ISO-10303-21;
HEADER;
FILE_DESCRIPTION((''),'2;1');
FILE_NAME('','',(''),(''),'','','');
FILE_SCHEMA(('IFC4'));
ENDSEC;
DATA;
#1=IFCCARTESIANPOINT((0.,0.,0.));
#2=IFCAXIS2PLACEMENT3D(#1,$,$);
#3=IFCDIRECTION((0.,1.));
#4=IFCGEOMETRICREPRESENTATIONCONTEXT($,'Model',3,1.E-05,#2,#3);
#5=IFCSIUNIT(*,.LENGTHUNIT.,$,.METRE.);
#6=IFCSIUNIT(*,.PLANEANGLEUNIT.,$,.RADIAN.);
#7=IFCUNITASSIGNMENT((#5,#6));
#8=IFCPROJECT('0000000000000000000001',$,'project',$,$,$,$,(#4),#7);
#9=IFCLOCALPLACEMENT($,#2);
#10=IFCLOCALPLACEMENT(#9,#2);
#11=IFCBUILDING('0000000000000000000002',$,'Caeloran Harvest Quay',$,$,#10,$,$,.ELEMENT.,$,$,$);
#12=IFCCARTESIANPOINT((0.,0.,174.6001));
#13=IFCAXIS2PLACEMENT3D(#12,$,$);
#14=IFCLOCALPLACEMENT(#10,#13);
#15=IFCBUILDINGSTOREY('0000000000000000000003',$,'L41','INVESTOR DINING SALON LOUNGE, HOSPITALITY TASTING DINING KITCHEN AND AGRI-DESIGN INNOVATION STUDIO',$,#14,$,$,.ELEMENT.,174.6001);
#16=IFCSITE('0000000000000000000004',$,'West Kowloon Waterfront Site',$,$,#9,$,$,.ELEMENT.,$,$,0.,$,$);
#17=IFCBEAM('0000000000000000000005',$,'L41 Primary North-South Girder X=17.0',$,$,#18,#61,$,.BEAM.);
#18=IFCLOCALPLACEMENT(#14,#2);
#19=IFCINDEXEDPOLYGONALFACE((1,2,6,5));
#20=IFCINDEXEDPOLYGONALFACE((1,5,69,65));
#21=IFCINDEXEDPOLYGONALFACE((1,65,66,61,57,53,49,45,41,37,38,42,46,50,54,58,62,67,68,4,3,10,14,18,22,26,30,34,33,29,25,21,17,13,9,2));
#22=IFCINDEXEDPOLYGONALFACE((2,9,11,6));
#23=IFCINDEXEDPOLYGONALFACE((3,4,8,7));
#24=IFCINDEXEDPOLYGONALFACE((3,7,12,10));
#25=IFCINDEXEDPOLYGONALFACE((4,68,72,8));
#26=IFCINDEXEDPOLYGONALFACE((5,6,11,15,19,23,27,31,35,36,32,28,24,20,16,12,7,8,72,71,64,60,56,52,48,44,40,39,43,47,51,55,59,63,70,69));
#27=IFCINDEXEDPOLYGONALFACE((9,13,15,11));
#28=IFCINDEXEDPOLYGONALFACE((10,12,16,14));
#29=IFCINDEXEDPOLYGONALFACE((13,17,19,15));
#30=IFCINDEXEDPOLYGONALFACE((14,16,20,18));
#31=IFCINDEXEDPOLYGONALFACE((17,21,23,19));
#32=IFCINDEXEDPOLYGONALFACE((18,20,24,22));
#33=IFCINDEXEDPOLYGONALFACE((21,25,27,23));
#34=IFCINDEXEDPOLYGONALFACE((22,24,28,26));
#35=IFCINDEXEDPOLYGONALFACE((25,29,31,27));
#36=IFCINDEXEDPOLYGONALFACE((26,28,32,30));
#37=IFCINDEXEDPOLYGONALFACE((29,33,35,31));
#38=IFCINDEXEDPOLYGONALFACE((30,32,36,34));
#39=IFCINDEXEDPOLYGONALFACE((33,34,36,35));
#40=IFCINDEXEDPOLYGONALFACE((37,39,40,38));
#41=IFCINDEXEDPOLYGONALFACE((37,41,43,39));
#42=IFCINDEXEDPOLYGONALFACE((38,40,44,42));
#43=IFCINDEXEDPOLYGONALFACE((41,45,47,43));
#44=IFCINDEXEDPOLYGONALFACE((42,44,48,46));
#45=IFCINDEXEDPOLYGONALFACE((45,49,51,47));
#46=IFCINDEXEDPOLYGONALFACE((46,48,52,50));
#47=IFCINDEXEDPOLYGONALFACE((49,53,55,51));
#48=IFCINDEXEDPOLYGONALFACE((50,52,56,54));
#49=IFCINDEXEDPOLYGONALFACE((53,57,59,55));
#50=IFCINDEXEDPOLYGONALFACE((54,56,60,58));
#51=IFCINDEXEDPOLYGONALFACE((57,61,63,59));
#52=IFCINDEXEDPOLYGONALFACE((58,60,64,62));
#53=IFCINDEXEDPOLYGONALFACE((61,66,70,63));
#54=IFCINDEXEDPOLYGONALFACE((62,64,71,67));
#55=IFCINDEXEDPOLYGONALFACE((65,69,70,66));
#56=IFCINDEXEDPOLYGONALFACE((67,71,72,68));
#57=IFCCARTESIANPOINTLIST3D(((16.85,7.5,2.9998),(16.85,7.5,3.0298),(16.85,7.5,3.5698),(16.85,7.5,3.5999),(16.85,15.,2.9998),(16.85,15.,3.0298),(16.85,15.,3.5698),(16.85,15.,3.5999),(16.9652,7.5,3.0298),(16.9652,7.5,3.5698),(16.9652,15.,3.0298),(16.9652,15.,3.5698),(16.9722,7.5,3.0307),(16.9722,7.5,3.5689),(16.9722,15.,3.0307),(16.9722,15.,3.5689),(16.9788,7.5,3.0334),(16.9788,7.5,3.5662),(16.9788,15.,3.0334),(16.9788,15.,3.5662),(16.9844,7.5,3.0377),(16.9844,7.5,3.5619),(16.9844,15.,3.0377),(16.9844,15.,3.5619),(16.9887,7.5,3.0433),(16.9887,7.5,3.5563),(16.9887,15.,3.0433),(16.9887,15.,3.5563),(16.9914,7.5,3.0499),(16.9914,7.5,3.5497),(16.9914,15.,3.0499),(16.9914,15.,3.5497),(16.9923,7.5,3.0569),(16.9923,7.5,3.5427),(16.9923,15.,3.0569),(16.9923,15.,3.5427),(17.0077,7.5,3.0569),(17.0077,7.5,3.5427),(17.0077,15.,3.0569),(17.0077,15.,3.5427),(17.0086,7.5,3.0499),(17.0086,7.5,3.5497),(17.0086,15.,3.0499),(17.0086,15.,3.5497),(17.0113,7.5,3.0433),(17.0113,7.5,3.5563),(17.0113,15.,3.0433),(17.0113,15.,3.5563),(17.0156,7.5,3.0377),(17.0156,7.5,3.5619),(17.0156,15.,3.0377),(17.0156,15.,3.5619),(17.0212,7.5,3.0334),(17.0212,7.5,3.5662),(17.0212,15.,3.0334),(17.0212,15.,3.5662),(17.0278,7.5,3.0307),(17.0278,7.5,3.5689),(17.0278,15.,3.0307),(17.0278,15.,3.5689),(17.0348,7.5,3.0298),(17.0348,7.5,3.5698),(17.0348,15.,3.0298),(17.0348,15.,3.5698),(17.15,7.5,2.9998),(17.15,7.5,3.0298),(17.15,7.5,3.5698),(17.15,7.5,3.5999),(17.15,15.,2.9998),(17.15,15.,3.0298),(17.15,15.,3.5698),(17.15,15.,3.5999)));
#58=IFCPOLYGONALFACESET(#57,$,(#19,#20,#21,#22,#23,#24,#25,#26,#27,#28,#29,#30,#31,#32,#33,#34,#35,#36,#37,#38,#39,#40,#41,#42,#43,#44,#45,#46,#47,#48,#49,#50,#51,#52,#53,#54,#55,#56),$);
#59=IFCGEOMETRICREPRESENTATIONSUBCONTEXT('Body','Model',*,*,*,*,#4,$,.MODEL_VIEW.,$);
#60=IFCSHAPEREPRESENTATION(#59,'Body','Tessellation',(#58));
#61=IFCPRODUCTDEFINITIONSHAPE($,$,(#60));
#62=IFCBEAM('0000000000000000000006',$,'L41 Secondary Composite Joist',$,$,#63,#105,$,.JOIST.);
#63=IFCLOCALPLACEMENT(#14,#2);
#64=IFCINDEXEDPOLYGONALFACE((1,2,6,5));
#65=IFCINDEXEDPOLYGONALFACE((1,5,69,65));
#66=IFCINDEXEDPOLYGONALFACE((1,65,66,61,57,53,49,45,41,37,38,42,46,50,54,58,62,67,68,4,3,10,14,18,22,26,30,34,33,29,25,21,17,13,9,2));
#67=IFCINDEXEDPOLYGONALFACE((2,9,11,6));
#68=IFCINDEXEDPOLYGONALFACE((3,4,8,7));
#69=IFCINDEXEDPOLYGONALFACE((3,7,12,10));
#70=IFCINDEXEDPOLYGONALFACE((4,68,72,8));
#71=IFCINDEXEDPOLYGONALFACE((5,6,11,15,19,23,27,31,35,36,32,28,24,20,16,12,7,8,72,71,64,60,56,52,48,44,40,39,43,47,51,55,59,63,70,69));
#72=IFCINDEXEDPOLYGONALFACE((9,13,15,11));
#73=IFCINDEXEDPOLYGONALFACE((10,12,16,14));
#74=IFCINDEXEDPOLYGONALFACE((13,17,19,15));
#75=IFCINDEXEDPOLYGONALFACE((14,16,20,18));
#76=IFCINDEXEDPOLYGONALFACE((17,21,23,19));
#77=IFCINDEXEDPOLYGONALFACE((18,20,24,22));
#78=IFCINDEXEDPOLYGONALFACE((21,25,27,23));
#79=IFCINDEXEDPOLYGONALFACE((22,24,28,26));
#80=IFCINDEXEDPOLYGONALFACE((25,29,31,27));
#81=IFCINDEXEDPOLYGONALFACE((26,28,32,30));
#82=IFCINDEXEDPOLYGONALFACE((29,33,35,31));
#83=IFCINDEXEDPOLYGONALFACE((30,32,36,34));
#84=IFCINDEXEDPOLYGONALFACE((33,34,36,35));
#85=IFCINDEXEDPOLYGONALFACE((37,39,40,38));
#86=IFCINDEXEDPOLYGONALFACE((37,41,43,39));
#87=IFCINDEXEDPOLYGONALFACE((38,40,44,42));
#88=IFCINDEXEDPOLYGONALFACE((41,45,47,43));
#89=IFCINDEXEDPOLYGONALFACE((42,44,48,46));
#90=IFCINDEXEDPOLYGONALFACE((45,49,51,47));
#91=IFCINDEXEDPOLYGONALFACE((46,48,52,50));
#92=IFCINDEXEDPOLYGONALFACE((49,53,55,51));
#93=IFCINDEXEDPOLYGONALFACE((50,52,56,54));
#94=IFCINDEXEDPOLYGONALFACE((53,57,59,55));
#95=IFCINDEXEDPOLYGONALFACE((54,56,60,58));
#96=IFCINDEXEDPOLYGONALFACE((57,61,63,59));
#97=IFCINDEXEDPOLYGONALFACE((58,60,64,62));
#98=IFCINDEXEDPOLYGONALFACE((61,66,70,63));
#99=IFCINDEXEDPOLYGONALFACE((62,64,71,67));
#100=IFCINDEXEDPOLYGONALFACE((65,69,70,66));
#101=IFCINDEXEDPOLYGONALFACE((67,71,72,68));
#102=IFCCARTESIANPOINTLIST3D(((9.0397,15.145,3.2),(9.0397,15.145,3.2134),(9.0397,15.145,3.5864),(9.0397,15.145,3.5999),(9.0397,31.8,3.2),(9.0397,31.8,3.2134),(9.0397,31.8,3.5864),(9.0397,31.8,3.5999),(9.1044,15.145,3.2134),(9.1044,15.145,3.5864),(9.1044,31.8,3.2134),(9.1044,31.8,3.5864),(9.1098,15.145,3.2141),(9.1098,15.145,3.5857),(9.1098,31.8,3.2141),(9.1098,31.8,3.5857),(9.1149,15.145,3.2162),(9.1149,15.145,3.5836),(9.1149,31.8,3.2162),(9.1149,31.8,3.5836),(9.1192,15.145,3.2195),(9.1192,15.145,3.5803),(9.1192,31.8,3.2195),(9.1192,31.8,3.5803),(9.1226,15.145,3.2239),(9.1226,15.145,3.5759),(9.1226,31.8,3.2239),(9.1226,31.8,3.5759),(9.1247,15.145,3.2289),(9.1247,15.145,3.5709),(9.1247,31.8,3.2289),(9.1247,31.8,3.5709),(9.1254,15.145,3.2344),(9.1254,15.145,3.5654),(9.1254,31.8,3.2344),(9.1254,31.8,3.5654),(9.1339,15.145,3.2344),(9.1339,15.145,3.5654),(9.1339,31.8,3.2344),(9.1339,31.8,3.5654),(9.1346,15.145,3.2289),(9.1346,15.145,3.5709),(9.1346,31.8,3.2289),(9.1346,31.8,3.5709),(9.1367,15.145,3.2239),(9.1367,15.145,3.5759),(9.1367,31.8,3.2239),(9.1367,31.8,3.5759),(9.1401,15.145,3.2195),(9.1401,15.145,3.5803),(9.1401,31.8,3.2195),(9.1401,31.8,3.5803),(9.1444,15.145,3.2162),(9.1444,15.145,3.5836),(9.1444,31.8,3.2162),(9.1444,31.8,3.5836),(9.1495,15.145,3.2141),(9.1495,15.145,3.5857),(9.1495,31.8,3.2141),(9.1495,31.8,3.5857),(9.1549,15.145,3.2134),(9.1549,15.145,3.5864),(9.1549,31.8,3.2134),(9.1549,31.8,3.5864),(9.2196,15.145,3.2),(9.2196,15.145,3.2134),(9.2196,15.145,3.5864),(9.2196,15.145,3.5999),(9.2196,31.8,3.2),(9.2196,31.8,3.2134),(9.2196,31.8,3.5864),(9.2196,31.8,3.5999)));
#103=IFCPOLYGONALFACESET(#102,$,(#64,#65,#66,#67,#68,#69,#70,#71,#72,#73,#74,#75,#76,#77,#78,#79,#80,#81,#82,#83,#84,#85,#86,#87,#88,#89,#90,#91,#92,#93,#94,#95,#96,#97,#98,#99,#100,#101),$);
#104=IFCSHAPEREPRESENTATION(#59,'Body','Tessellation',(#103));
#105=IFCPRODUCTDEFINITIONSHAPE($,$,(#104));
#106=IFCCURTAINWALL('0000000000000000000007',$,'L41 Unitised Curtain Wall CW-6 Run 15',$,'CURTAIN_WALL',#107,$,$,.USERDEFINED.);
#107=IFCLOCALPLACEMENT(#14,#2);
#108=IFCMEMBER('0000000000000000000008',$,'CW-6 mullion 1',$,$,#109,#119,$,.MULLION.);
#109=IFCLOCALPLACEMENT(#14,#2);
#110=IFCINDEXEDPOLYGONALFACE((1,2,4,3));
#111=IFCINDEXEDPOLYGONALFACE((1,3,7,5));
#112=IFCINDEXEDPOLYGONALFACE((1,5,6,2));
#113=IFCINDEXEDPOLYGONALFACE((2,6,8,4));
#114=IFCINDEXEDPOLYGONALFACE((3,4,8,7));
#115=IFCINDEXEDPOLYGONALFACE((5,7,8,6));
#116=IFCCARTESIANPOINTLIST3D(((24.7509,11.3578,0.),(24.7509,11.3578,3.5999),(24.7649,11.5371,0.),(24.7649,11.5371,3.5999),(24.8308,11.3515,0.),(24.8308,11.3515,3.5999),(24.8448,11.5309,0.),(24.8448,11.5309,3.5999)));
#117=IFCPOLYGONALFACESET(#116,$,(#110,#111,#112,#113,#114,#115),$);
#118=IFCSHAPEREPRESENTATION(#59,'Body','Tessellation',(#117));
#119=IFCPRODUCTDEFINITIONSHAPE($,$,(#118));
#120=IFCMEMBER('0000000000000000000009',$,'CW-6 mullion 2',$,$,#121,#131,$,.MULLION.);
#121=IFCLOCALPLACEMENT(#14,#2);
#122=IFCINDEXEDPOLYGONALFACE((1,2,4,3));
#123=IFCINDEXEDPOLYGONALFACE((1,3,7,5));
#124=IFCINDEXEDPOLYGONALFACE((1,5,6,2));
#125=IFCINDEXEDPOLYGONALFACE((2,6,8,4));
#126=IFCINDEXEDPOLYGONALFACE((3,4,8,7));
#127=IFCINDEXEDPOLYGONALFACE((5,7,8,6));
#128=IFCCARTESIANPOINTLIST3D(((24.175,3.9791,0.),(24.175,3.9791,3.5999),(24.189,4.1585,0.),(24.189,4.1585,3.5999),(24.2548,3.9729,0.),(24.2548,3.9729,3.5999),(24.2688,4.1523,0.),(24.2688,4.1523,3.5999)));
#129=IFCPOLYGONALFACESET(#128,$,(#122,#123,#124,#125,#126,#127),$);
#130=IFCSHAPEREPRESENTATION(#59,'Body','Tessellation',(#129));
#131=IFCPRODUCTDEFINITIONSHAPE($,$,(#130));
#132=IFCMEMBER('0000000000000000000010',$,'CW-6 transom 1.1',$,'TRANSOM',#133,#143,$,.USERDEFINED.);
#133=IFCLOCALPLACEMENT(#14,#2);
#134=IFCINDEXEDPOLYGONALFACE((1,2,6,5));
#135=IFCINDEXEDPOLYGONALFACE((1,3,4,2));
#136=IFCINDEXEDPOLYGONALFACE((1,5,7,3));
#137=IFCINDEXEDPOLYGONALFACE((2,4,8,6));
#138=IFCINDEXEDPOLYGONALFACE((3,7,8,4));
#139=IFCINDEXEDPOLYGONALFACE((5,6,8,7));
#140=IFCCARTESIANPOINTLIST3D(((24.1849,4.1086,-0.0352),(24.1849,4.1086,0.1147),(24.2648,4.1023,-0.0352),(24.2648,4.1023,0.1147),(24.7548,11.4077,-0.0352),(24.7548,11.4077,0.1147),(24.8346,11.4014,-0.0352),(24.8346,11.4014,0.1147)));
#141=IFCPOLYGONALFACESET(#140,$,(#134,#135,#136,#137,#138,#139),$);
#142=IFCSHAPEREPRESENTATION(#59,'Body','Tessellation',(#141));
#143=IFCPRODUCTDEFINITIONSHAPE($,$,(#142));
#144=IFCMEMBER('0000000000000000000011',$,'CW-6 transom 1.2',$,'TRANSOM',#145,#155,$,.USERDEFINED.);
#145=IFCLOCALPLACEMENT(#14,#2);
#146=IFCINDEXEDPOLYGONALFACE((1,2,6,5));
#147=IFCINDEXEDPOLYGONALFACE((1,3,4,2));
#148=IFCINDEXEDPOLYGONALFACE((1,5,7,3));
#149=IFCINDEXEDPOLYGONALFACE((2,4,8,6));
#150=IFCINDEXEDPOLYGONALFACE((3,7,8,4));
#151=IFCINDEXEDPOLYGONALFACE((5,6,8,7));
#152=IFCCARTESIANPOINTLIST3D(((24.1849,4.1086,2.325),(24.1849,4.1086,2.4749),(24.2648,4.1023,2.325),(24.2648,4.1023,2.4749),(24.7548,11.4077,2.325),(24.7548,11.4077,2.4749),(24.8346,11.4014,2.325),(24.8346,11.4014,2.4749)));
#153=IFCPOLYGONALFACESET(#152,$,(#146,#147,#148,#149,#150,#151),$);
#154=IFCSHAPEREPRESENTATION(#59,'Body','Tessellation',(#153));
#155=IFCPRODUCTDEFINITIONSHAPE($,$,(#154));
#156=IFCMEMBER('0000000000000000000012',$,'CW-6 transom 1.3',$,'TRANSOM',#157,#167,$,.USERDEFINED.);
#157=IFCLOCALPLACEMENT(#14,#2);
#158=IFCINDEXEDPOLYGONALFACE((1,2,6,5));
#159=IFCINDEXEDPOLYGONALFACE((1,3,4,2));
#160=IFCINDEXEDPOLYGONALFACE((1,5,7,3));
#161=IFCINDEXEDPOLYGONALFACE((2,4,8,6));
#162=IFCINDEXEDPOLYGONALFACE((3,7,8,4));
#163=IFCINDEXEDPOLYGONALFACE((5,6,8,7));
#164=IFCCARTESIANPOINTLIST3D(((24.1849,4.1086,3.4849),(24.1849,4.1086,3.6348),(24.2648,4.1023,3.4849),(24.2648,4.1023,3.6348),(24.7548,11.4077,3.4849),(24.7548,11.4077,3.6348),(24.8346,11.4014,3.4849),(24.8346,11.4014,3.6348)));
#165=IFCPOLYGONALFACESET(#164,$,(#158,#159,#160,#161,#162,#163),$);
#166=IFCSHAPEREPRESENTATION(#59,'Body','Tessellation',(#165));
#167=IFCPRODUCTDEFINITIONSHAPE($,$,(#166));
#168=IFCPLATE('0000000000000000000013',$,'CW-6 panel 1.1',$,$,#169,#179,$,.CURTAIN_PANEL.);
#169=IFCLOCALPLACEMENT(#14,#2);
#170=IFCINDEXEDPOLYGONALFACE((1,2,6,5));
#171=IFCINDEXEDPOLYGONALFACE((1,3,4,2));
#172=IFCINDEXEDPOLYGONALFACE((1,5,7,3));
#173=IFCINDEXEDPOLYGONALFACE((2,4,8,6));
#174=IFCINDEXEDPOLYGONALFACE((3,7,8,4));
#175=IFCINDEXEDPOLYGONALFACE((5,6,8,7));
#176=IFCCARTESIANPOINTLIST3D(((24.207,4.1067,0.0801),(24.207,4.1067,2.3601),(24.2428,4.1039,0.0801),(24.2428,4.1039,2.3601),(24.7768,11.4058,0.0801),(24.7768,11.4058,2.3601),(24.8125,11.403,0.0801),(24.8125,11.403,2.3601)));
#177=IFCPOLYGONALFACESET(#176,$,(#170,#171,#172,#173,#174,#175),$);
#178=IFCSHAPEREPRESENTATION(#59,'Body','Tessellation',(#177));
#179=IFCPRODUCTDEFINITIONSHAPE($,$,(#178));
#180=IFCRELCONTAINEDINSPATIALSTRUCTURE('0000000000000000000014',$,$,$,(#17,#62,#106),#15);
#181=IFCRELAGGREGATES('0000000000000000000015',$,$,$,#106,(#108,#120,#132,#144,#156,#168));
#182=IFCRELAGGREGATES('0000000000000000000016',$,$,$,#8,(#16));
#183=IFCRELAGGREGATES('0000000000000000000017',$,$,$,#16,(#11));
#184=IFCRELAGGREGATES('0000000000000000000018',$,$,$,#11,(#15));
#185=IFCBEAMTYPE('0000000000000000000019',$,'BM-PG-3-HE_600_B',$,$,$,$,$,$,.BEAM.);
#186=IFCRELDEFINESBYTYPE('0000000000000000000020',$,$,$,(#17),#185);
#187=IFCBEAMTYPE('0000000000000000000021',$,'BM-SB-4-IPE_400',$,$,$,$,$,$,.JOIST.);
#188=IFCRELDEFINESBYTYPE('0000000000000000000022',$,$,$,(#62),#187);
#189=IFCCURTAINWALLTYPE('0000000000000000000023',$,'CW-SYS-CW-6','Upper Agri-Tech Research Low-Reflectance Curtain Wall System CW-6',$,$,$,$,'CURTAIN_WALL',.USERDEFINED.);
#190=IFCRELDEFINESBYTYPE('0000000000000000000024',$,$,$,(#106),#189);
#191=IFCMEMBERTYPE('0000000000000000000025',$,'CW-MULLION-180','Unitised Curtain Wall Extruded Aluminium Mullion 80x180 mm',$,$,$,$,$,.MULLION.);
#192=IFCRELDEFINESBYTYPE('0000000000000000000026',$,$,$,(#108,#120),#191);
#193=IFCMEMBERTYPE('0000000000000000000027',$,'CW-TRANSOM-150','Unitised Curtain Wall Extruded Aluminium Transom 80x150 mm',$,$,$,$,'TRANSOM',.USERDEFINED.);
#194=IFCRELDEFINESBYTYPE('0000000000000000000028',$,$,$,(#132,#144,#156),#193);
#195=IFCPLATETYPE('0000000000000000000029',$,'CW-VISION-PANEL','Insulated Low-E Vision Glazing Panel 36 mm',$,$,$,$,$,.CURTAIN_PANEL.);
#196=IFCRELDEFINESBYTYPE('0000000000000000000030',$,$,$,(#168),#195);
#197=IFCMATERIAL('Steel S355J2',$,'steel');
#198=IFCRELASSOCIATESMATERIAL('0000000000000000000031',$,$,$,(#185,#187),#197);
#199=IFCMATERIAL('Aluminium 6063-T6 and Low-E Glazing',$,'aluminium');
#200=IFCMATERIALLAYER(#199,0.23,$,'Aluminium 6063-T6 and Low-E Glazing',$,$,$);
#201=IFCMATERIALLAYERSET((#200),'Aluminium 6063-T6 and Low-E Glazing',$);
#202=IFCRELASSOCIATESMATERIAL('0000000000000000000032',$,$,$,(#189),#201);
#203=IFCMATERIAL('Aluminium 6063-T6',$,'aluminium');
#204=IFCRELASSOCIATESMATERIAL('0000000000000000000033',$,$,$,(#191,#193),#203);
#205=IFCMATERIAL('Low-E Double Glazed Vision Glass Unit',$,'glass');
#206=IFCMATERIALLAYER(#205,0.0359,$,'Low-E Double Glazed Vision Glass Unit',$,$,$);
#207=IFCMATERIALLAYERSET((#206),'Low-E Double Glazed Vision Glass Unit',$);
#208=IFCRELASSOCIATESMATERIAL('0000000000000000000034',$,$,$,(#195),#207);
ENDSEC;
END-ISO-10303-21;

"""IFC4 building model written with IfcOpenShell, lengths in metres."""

from ifc_helpers import new_model, si_unit, direction, frame, origin, origin_2d, place, context, subcontext, project, spatial, rectangle, i_section, extrude, material, layer, layer_set, material_profile, profile_set, type_object, element, aggregate, save


model = new_model("IFC4")

# Units and contexts
model_context = context("Model", 3, precision=1e-05, world=origin(), true_north=direction((0.0, 1.0)))
body_context = subcontext(model_context, "Body", "Model", "MODEL_VIEW")
ifc_project = project(units=[si_unit("LENGTHUNIT", "METRE"), si_unit("PLANEANGLEUNIT", "RADIAN")], contexts=[model_context])

# Site, building, storey
site_placement = place(None, origin())
site = spatial("IfcSite", under=ifc_project, at=site_placement, Name="West Kowloon Waterfront Site", CompositionType="ELEMENT", RefElevation=0.0)
building_placement = place(site_placement, origin())
building = spatial("IfcBuilding", under=site, at=building_placement, Name="Caeloran Harvest Quay", CompositionType="ELEMENT")
storey_placement = place(building_placement, frame((0.0, 0.0, 174.6001)))
storey = spatial("IfcBuildingStorey", under=building, at=storey_placement, Name="L41", Description="INVESTOR DINING SALON LOUNGE, HOSPITALITY TASTING DINING KITCHEN AND AGRI-DESIGN INNOVATION STUDIO", CompositionType="ELEMENT", Elevation=174.6001)

# Beams
ifc_material_1 = material(Name="Steel S355J2", Category="steel")
ifc_material_profile_1 = material_profile(ifc_material_1, i_section(OverallWidth=0.3, OverallDepth=0.6001, WebThickness=0.0154, FlangeThickness=0.03, FilletRadius=0.0271, at=origin_2d()), Name="HE 600 B")
ifc_profile_set_1 = profile_set([ifc_material_profile_1], Name="Steel S355J2")
beam_type_1 = type_object("IfcBeamType", Name="BM-PG-3-HE_600_B", PredefinedType="BEAM", material=ifc_profile_set_1)
beam_1_placement = place(storey_placement, frame((17.0, 7.5, 3.2998), z_axis=(0.0, 1.0, 0.0), x_axis=(-1.0, 0.0, 0.0)))
element("IfcBeam", 1, at=beam_1_placement, inside=storey, type_object=beam_type_1, Name="L41 Primary North-South Girder X=17.0", PredefinedType="BEAM", context=body_context, shape_type="SweptSolid", body=[
    extrude(i_section(OverallWidth=0.3, OverallDepth=0.6001, WebThickness=0.0154, FlangeThickness=0.03, FilletRadius=0.0271, at=origin_2d()), origin(), (0.0, 0.0, 1.0), 7.5),
])
ifc_material_profile_2 = material_profile(ifc_material_1, i_section(OverallWidth=0.1799, OverallDepth=0.3999, WebThickness=0.0085, FlangeThickness=0.0134, FilletRadius=0.021, at=origin_2d()), Name="IPE 400")
ifc_profile_set_2 = profile_set([ifc_material_profile_2], Name="Steel S355J2")
beam_type_2 = type_object("IfcBeamType", Name="BM-SB-4-IPE_400", PredefinedType="JOIST", material=ifc_profile_set_2)
beam_2_placement = place(storey_placement, frame((9.1296, 15.145, 3.3999), z_axis=(0.0, 1.0, 0.0), x_axis=(-1.0, 0.0, 0.0)))
element("IfcBeam", 2, at=beam_2_placement, inside=storey, type_object=beam_type_2, Name="L41 Secondary Composite Joist", PredefinedType="JOIST", context=body_context, shape_type="SweptSolid", body=[
    extrude(i_section(OverallWidth=0.1799, OverallDepth=0.3999, WebThickness=0.0085, FlangeThickness=0.0134, FilletRadius=0.021, at=origin_2d()), origin(), (0.0, 0.0, 1.0), 16.655),
])

# Curtain wall, members, plate
ifc_material_2 = material(Name="Aluminium 6063-T6 and Low-E Glazing", Category="aluminium")
ifc_layer_1 = layer(ifc_material_2, 0.23, Name="Aluminium 6063-T6 and Low-E Glazing")
ifc_layer_set_1 = layer_set([ifc_layer_1], Name="Aluminium 6063-T6 and Low-E Glazing")
curtain_wall_type = type_object("IfcCurtainWallType", Name="CW-SYS-CW-6", Description="Upper Agri-Tech Research Low-Reflectance Curtain Wall System CW-6", ElementType="CURTAIN_WALL", PredefinedType="USERDEFINED", material=ifc_layer_set_1)
curtain_wall_placement = place(storey_placement, origin())
curtain_wall = element("IfcCurtainWall", 3, at=curtain_wall_placement, inside=storey, type_object=curtain_wall_type, Name="L41 Unitised Curtain Wall CW-6 Run 15", ObjectType="CURTAIN_WALL", PredefinedType="USERDEFINED")
ifc_material_3 = material(Name="Aluminium 6063-T6", Category="aluminium")
ifc_material_profile_3 = material_profile(ifc_material_3, rectangle(XDim=0.0801, YDim=0.1799, at=origin_2d()), Name="CW-MULLION-180")
ifc_profile_set_3 = profile_set([ifc_material_profile_3], Name="Aluminium 6063-T6")
member_type_1 = type_object("IfcMemberType", Name="CW-MULLION-180", Description="Unitised Curtain Wall Extruded Aluminium Mullion 80x180 mm", PredefinedType="MULLION", material=ifc_profile_set_3)
member_1_placement = place(storey_placement, frame((24.7979, 11.4443, 0.0), z_axis=(0.0, 0.0, 1.0), x_axis=(0.996967, -0.077822, 0.0)))
member_1 = element("IfcMember", 4, at=member_1_placement, type_object=member_type_1, Name="CW-6 mullion 1", PredefinedType="MULLION", context=body_context, shape_type="SweptSolid", body=[
    extrude(rectangle(XDim=0.0801, YDim=0.1799, at=origin_2d()), origin(), (0.0, 0.0, 1.0), 3.5999),
])
member_2_placement = place(storey_placement, frame((24.2219, 4.0657, 0.0), z_axis=(0.0, 0.0, 1.0), x_axis=(0.996967, -0.077822, 0.0)))
member_2 = element("IfcMember", 5, at=member_2_placement, type_object=member_type_1, Name="CW-6 mullion 2", PredefinedType="MULLION", context=body_context, shape_type="SweptSolid", body=[
    extrude(rectangle(XDim=0.0801, YDim=0.1799, at=origin_2d()), origin(), (0.0, 0.0, 1.0), 3.5999),
])
ifc_material_profile_4 = material_profile(ifc_material_3, rectangle(XDim=0.0801, YDim=0.1499, at=origin_2d()), Name="CW-TRANSOM-150")
ifc_profile_set_4 = profile_set([ifc_material_profile_4], Name="Aluminium 6063-T6")
member_type_2 = type_object("IfcMemberType", Name="CW-TRANSOM-150", Description="Unitised Curtain Wall Extruded Aluminium Transom 80x150 mm", ElementType="TRANSOM", PredefinedType="USERDEFINED", material=ifc_profile_set_4)
member_3_placement = place(storey_placement, frame((24.7947, 11.4045, 0.0398), z_axis=(-0.077831, -0.996967, 0.0), x_axis=(0.996967, -0.077831, 0.0)))
member_3 = element("IfcMember", 6, at=member_3_placement, type_object=member_type_2, Name="CW-6 transom 1.1", ObjectType="TRANSOM", PredefinedType="USERDEFINED", context=body_context, shape_type="SweptSolid", body=[
    extrude(rectangle(XDim=0.0801, YDim=0.1499, at=origin_2d()), origin(), (0.0, 0.0, 1.0), 7.3213),
])
member_4_placement = place(storey_placement, frame((24.7947, 11.4045, 2.3999), z_axis=(-0.077831, -0.996967, 0.0), x_axis=(0.996967, -0.077831, 0.0)))
member_4 = element("IfcMember", 7, at=member_4_placement, type_object=member_type_2, Name="CW-6 transom 1.2", ObjectType="TRANSOM", PredefinedType="USERDEFINED", context=body_context, shape_type="SweptSolid", body=[
    extrude(rectangle(XDim=0.0801, YDim=0.1499, at=origin_2d()), origin(), (0.0, 0.0, 1.0), 7.3213),
])
member_5_placement = place(storey_placement, frame((24.7947, 11.4045, 3.5598), z_axis=(-0.077831, -0.996967, 0.0), x_axis=(0.996967, -0.077831, 0.0)))
member_5 = element("IfcMember", 8, at=member_5_placement, type_object=member_type_2, Name="CW-6 transom 1.3", ObjectType="TRANSOM", PredefinedType="USERDEFINED", context=body_context, shape_type="SweptSolid", body=[
    extrude(rectangle(XDim=0.0801, YDim=0.1499, at=origin_2d()), origin(), (0.0, 0.0, 1.0), 7.3213),
])
ifc_material_4 = material(Name="Low-E Double Glazed Vision Glass Unit", Category="glass")
ifc_layer_2 = layer(ifc_material_4, 0.0359, Name="Low-E Double Glazed Vision Glass Unit")
ifc_layer_set_2 = layer_set([ifc_layer_2], Name="Low-E Double Glazed Vision Glass Unit")
plate_type = type_object("IfcPlateType", Name="CW-VISION-PANEL", Description="Insulated Low-E Vision Glazing Panel 36 mm", PredefinedType="CURTAIN_PANEL", material=ifc_layer_set_2)
plate_1_placement = place(storey_placement, frame((24.5098, 7.7549, 0.0801), z_axis=(0.0, 0.0, 1.0), x_axis=(-0.077822, -0.996967, 0.0)))
plate_1 = element("IfcPlate", 9, at=plate_1_placement, type_object=plate_type, Name="CW-6 panel 1.1", PredefinedType="CURTAIN_PANEL", context=body_context, shape_type="SweptSolid", body=[
    extrude(rectangle(XDim=7.3213, YDim=0.0359, at=origin_2d()), origin(), (0.0, 0.0, 1.0), 2.28),
])
aggregate(curtain_wall, [member_1, member_2, member_3, member_4, member_5, plate_1])

save(model, "model.ifc")
